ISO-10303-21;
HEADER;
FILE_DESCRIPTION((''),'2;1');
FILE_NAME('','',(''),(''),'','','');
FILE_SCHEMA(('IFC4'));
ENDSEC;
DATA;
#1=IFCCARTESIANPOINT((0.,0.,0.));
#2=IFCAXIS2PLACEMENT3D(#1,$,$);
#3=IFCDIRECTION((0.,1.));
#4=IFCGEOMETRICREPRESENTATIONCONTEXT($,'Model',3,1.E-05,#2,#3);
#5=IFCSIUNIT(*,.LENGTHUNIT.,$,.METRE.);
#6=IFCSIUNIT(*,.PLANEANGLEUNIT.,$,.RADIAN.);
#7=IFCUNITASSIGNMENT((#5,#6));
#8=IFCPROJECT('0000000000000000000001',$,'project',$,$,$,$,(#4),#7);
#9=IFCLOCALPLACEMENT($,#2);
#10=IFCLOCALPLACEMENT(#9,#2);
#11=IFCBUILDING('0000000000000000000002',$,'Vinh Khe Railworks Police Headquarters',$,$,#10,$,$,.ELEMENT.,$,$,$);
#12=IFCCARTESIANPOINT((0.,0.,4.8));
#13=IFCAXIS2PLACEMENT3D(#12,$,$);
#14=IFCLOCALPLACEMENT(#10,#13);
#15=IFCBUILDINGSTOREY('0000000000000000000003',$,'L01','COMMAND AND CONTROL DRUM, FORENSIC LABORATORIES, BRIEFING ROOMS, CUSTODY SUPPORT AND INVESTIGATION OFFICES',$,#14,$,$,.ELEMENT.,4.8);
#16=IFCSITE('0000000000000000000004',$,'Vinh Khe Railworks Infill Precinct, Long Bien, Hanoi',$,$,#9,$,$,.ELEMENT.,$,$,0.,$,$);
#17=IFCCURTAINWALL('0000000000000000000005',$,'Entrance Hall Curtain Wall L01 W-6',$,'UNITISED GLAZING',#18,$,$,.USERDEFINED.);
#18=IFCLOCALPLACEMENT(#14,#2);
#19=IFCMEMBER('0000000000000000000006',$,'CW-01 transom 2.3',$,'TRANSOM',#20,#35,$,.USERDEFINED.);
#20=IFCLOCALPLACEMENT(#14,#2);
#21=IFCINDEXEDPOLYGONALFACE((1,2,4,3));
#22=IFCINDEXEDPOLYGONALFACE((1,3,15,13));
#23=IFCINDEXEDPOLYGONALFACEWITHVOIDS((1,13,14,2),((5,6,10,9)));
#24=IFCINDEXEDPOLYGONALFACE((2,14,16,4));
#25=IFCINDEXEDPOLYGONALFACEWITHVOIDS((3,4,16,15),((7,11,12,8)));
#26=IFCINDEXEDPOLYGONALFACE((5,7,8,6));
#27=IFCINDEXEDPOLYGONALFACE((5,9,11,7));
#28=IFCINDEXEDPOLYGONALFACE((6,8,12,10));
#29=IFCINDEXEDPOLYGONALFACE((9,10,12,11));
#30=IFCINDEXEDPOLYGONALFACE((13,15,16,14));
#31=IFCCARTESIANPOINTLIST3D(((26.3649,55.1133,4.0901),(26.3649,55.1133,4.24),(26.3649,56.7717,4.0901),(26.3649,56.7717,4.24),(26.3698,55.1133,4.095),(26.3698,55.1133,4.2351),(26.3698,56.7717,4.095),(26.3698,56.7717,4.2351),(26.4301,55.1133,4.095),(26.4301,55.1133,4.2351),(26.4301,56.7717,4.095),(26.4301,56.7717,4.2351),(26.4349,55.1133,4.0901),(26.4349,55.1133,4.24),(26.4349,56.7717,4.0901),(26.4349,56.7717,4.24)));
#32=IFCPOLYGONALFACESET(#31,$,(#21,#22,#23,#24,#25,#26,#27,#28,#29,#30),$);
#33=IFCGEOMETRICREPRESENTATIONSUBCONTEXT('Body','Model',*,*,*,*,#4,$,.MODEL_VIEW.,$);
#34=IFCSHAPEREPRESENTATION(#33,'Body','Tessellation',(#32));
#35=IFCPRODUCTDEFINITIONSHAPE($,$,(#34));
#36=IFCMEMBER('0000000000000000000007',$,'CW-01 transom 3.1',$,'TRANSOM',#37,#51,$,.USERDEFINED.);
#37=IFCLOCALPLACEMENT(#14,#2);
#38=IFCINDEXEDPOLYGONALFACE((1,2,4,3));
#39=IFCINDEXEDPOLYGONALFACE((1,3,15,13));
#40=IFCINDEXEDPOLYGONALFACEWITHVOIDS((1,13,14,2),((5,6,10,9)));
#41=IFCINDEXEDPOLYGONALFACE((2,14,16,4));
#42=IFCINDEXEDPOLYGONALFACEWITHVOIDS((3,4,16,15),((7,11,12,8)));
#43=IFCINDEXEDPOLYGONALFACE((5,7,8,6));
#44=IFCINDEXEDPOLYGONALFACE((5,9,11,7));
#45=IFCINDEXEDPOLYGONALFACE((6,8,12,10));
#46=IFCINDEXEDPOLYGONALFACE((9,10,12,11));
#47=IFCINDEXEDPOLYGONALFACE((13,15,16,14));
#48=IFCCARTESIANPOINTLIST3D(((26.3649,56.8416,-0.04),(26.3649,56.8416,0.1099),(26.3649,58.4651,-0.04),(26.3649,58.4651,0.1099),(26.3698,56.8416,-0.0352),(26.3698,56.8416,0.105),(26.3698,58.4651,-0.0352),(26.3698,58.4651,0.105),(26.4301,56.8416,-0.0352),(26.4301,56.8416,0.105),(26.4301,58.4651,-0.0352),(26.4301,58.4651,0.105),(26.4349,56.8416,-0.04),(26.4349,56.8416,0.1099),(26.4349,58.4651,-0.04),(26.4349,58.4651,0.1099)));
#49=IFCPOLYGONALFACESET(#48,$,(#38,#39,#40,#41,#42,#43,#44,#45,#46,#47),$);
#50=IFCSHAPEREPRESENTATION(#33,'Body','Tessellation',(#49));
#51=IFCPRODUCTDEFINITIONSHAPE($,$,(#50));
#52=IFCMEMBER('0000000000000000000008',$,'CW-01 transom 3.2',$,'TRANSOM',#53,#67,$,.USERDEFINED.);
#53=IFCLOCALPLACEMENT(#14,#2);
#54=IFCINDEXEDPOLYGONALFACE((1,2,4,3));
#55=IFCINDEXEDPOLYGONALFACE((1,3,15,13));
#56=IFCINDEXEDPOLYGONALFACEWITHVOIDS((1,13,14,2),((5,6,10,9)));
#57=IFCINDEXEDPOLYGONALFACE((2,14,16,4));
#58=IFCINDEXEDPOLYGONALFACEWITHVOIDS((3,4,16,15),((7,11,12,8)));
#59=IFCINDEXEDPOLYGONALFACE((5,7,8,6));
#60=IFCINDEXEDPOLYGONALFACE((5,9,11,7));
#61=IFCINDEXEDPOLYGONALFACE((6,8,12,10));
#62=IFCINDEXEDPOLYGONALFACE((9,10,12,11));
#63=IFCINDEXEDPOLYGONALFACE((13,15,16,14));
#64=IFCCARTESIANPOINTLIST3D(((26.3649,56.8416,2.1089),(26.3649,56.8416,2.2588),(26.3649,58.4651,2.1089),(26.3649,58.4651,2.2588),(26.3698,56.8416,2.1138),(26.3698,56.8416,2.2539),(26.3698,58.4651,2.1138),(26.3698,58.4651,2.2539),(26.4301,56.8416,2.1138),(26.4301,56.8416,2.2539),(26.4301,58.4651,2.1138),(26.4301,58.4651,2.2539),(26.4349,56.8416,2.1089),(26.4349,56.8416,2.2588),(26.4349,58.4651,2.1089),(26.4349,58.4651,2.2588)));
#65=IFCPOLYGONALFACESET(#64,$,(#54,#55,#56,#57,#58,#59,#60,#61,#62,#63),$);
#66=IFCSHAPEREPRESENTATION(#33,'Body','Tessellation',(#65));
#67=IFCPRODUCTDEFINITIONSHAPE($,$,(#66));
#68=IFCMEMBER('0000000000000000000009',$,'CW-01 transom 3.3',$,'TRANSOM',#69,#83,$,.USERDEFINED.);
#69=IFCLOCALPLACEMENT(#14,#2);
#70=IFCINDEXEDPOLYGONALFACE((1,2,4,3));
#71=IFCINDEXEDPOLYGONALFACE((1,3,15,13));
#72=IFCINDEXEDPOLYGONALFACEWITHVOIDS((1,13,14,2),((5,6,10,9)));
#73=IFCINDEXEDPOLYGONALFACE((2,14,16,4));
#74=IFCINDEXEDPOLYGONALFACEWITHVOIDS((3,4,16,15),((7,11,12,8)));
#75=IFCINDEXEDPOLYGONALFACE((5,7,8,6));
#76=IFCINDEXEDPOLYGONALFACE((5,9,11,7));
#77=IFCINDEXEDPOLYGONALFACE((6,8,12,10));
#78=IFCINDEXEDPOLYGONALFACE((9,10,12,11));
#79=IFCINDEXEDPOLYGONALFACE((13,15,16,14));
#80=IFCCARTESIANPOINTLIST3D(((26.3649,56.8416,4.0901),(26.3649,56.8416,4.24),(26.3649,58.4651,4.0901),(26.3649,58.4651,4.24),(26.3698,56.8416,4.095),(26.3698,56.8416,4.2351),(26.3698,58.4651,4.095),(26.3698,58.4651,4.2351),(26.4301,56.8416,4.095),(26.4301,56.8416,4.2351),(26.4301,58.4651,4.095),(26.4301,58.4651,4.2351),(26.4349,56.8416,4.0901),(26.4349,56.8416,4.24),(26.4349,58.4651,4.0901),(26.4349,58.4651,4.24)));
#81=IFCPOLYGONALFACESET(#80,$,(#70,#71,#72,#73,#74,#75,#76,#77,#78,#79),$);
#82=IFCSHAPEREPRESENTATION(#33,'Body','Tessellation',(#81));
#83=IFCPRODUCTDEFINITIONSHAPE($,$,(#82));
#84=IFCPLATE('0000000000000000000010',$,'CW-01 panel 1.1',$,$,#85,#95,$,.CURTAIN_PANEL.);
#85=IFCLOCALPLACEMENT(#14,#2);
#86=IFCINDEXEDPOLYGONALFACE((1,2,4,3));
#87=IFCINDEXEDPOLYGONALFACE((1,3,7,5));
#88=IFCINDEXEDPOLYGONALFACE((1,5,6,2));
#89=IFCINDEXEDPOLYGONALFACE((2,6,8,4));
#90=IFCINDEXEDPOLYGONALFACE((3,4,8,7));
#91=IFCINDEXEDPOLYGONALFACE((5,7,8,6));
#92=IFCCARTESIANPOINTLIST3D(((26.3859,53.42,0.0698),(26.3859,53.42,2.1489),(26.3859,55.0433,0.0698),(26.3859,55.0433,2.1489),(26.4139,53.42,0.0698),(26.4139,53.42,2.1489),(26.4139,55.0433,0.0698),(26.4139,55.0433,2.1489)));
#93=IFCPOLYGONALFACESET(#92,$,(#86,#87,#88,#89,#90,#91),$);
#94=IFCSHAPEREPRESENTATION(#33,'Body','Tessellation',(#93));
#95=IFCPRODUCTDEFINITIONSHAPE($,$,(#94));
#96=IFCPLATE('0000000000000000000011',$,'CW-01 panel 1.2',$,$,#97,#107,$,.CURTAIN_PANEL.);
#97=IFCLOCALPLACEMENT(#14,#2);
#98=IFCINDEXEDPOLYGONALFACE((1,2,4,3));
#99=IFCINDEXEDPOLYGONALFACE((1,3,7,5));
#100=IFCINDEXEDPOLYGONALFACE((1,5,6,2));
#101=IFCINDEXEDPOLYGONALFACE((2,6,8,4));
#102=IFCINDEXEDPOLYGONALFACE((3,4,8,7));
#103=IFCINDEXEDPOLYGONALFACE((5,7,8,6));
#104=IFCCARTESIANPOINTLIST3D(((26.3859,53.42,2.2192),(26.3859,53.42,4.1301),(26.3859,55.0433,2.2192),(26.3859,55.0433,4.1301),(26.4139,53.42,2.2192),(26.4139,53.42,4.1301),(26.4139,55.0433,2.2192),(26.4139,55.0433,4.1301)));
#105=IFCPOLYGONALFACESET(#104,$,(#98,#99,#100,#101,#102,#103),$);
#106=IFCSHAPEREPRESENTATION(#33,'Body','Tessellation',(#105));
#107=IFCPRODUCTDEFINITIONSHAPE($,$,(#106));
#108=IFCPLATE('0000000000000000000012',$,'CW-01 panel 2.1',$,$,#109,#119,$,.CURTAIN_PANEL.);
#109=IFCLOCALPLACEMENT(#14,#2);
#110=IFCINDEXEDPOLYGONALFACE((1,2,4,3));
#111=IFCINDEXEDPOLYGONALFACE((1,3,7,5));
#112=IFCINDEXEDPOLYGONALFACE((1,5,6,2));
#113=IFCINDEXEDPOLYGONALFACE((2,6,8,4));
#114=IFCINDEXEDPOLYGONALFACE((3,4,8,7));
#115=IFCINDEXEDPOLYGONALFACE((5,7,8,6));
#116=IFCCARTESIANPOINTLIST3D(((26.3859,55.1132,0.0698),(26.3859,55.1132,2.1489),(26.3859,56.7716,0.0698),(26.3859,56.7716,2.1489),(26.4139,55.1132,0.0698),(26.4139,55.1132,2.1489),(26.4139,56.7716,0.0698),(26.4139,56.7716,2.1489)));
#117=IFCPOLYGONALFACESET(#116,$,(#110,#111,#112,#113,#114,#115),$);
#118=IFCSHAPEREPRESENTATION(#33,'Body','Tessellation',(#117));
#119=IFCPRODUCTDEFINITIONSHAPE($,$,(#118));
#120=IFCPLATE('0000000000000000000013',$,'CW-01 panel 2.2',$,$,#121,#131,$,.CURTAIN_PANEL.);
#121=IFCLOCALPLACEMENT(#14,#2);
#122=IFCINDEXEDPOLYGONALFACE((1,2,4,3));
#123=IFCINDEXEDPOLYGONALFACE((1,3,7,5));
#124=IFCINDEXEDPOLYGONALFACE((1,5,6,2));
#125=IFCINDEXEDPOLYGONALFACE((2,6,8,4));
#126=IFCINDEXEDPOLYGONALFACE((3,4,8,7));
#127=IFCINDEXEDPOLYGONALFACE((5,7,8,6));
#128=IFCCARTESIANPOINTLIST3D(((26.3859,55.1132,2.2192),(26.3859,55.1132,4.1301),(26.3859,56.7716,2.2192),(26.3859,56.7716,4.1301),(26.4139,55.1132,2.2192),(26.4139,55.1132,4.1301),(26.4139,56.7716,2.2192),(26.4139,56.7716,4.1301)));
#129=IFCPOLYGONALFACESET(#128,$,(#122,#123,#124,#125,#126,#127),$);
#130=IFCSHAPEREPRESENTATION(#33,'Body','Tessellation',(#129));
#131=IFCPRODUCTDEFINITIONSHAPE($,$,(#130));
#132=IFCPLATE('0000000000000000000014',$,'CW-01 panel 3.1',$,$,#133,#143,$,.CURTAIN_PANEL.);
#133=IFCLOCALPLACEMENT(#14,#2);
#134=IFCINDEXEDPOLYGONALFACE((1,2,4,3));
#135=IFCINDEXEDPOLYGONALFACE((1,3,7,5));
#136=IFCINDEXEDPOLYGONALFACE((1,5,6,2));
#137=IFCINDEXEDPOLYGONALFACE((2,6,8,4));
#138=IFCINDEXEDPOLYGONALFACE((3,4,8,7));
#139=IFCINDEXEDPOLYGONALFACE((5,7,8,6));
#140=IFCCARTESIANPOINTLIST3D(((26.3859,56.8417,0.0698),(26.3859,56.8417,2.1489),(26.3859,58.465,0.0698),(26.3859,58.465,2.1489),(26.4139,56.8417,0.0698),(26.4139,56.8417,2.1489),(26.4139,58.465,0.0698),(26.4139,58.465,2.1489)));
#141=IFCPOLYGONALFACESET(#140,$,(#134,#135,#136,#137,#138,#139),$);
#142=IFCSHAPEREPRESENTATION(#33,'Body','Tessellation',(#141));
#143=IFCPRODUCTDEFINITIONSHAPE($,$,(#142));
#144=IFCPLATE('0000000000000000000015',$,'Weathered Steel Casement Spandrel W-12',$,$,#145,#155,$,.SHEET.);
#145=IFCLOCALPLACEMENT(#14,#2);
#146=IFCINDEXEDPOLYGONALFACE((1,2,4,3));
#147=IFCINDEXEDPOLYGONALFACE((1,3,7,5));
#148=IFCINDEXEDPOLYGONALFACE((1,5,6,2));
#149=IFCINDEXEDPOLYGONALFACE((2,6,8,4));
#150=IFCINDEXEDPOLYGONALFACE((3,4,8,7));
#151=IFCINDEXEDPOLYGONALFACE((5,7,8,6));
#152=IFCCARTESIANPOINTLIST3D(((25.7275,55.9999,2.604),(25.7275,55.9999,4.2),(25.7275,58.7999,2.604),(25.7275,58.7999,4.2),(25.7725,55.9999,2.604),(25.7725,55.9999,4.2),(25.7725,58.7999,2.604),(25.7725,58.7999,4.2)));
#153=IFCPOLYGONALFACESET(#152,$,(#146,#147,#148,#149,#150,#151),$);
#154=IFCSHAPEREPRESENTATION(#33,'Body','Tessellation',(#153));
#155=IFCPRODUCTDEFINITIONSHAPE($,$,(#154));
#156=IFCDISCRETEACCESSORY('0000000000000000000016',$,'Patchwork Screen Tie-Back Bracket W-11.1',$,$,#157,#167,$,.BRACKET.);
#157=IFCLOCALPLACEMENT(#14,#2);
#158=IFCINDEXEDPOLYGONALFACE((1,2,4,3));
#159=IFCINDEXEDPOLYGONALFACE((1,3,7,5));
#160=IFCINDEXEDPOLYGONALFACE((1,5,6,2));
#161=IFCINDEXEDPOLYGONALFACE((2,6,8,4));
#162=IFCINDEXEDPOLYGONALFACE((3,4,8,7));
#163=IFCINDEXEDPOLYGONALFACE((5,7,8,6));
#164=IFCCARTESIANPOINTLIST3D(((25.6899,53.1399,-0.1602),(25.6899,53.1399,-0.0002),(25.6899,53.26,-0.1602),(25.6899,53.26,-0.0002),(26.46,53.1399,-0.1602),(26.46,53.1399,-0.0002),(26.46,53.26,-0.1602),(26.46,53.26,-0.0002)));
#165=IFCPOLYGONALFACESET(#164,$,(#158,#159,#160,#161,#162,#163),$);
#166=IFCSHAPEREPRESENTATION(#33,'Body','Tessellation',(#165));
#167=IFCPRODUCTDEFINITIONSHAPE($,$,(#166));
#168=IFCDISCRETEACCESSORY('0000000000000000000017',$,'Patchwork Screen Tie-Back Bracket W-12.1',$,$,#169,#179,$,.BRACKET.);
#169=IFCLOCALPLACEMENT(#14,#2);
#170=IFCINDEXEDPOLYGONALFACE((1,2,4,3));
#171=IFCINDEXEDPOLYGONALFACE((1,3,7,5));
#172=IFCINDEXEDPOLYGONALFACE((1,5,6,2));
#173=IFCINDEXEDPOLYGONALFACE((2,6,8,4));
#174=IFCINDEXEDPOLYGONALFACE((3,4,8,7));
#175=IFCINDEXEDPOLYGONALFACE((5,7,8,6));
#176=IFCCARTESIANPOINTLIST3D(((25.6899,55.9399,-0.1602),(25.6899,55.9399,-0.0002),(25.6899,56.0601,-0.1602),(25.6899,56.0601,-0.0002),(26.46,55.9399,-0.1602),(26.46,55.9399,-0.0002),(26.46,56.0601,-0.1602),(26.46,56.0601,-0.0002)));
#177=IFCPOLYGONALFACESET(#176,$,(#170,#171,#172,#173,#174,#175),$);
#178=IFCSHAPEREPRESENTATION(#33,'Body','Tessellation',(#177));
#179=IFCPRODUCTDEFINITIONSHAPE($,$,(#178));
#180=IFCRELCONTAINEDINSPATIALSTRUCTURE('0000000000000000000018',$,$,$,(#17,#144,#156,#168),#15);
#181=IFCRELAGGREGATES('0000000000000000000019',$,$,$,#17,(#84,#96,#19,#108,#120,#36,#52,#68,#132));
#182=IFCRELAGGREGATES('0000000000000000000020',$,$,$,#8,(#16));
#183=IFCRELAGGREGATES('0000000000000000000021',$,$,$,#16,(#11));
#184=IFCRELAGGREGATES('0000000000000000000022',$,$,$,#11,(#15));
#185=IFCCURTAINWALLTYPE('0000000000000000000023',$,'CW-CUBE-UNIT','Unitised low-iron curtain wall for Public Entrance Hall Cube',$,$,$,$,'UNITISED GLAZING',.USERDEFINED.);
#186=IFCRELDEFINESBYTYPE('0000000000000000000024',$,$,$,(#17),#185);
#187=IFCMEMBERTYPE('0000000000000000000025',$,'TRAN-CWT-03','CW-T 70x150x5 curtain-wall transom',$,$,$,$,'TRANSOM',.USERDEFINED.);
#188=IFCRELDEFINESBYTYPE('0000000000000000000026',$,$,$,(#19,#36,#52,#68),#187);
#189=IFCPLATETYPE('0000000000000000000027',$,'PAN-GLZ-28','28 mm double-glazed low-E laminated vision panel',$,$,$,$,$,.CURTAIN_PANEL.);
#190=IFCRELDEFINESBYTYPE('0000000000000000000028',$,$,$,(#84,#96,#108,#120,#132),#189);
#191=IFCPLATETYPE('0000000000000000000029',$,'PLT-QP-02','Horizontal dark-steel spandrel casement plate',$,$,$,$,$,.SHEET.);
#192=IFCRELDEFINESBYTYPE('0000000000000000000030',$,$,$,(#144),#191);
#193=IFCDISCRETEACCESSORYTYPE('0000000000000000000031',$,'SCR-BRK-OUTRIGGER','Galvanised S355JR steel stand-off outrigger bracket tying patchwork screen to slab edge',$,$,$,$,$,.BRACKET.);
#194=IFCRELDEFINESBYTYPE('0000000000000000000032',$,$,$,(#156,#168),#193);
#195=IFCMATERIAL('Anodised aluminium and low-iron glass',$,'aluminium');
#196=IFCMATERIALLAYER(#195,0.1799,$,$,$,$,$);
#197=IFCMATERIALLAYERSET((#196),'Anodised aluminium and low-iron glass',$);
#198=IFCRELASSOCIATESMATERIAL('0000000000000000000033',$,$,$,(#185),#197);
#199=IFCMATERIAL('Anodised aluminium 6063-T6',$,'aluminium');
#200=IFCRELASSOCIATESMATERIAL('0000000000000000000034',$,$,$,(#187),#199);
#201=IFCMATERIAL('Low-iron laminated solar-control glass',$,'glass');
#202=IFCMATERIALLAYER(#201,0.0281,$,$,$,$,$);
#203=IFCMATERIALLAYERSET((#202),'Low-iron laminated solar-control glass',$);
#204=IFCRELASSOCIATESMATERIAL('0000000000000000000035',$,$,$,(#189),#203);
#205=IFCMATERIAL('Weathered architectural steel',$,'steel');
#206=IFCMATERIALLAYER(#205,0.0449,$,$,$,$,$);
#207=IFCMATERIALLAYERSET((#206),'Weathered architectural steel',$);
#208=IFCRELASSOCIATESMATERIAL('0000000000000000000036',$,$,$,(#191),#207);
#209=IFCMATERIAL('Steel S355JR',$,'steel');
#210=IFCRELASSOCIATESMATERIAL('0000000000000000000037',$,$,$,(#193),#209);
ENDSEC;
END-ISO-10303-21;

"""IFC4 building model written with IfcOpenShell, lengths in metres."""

from ifc_helpers import new_model, si_unit, direction, frame, origin, origin_2d, place, context, subcontext, project, spatial, rectangle, hollow_rectangle, extrude, material, layer, layer_set, material_profile, profile_set, type_object, element, aggregate, save


model = new_model("IFC4")

# Units and contexts
model_context = context("Model", 3, precision=1e-05, world=origin(), true_north=direction((0.0, 1.0)))
body_context = subcontext(model_context, "Body", "Model", "MODEL_VIEW")
ifc_project = project(units=[si_unit("LENGTHUNIT", "METRE"), si_unit("PLANEANGLEUNIT", "RADIAN")], contexts=[model_context])

# Site, building, storey
site_placement = place(None, origin())
site = spatial("IfcSite", under=ifc_project, at=site_placement, Name="Vinh Khe Railworks Infill Precinct, Long Bien, Hanoi", CompositionType="ELEMENT", RefElevation=0.0)
building_placement = place(site_placement, origin())
building = spatial("IfcBuilding", under=site, at=building_placement, Name="Vinh Khe Railworks Police Headquarters", CompositionType="ELEMENT")
storey_placement = place(building_placement, frame((0.0, 0.0, 4.8)))
storey = spatial("IfcBuildingStorey", under=building, at=storey_placement, Name="L01", Description="COMMAND AND CONTROL DRUM, FORENSIC LABORATORIES, BRIEFING ROOMS, CUSTODY SUPPORT AND INVESTIGATION OFFICES", CompositionType="ELEMENT", Elevation=4.8)

# Curtain wall
ifc_material_1 = material(Name="Anodised aluminium and low-iron glass", Category="aluminium")
ifc_layer_1 = layer(ifc_material_1, 0.1799)
ifc_layer_set_1 = layer_set([ifc_layer_1], Name="Anodised aluminium and low-iron glass")
curtain_wall_type = type_object("IfcCurtainWallType", Name="CW-CUBE-UNIT", Description="Unitised low-iron curtain wall for Public Entrance Hall Cube", ElementType="UNITISED GLAZING", PredefinedType="USERDEFINED", material=ifc_layer_set_1)
curtain_wall_placement = place(storey_placement, origin())
curtain_wall = element("IfcCurtainWall", 1, at=curtain_wall_placement, inside=storey, type_object=curtain_wall_type, Name="Entrance Hall Curtain Wall L01 W-6", ObjectType="UNITISED GLAZING", PredefinedType="USERDEFINED")
ifc_material_2 = material(Name="Anodised aluminium 6063-T6", Category="aluminium")

# Shared definitions
ifc_material_3 = material(Name="Steel S355JR", Category="steel")

# Members
ifc_material_profile_1 = material_profile(ifc_material_2, hollow_rectangle(XDim=0.0701, YDim=0.1499, WallThickness=0.0049, at=origin_2d()), Name="CW-T 70x150x5")
ifc_profile_set_1 = profile_set([ifc_material_profile_1], Name="Anodised aluminium 6063-T6")
member_type_1 = type_object("IfcMemberType", Name="TRAN-CWT-03", Description="CW-T 70x150x5 curtain-wall transom", ElementType="TRANSOM", PredefinedType="USERDEFINED", material=ifc_profile_set_1)
member_1_placement = place(storey_placement, frame((26.3999, 55.1133, 4.165), z_axis=(0.0, 1.0, 0.0), x_axis=(-1.0, 0.0, 0.0)))
member_1 = element("IfcMember", 2, at=member_1_placement, type_object=member_type_1, Name="CW-01 transom 2.3", ObjectType="TRANSOM", PredefinedType="USERDEFINED", context=body_context, shape_type="SweptSolid", body=[
    extrude(hollow_rectangle(XDim=0.0701, YDim=0.1499, WallThickness=0.0049, at=origin_2d()), origin(), (0.0, 0.0, 1.0), 1.6584),
])
member_2_placement = place(storey_placement, frame((26.3999, 56.8416, 0.0349), z_axis=(0.0, 1.0, 0.0), x_axis=(-1.0, 0.0, 0.0)))
member_2 = element("IfcMember", 3, at=member_2_placement, type_object=member_type_1, Name="CW-01 transom 3.1", ObjectType="TRANSOM", PredefinedType="USERDEFINED", context=body_context, shape_type="SweptSolid", body=[
    extrude(hollow_rectangle(XDim=0.0701, YDim=0.1499, WallThickness=0.0049, at=origin_2d()), origin(), (0.0, 0.0, 1.0), 1.6235),
])
member_3_placement = place(storey_placement, frame((26.3999, 56.8416, 2.1838), z_axis=(0.0, 1.0, 0.0), x_axis=(-1.0, 0.0, 0.0)))
member_3 = element("IfcMember", 4, at=member_3_placement, type_object=member_type_1, Name="CW-01 transom 3.2", ObjectType="TRANSOM", PredefinedType="USERDEFINED", context=body_context, shape_type="SweptSolid", body=[
    extrude(hollow_rectangle(XDim=0.0701, YDim=0.1499, WallThickness=0.0049, at=origin_2d()), origin(), (0.0, 0.0, 1.0), 1.6235),
])
member_4_placement = place(storey_placement, frame((26.3999, 56.8416, 4.165), z_axis=(0.0, 1.0, 0.0), x_axis=(-1.0, 0.0, 0.0)))
member_4 = element("IfcMember", 5, at=member_4_placement, type_object=member_type_1, Name="CW-01 transom 3.3", ObjectType="TRANSOM", PredefinedType="USERDEFINED", context=body_context, shape_type="SweptSolid", body=[
    extrude(hollow_rectangle(XDim=0.0701, YDim=0.1499, WallThickness=0.0049, at=origin_2d()), origin(), (0.0, 0.0, 1.0), 1.6235),
])

# Plates
ifc_material_4 = material(Name="Low-iron laminated solar-control glass", Category="glass")
ifc_layer_2 = layer(ifc_material_4, 0.0281)
ifc_layer_set_2 = layer_set([ifc_layer_2], Name="Low-iron laminated solar-control glass")
plate_type_1 = type_object("IfcPlateType", Name="PAN-GLZ-28", Description="28 mm double-glazed low-E laminated vision panel", PredefinedType="CURTAIN_PANEL", material=ifc_layer_set_2)
plate_1_placement = place(storey_placement, frame((26.3999, 54.2317, 0.0698), z_axis=(0.0, 0.0, 1.0), x_axis=(0.0, 1.0, 0.0)))
plate_1 = element("IfcPlate", 6, at=plate_1_placement, type_object=plate_type_1, Name="CW-01 panel 1.1", PredefinedType="CURTAIN_PANEL", context=body_context, shape_type="SweptSolid", body=[
    extrude(rectangle(XDim=1.6233, YDim=0.0281, at=origin_2d()), origin(), (0.0, 0.0, 1.0), 2.0791),
])
plate_2_placement = place(storey_placement, frame((26.3999, 54.2317, 2.2192), z_axis=(0.0, 0.0, 1.0), x_axis=(0.0, 1.0, 0.0)))
plate_2 = element("IfcPlate", 7, at=plate_2_placement, type_object=plate_type_1, Name="CW-01 panel 1.2", PredefinedType="CURTAIN_PANEL", context=body_context, shape_type="SweptSolid", body=[
    extrude(rectangle(XDim=1.6233, YDim=0.0281, at=origin_2d()), origin(), (0.0, 0.0, 1.0), 1.9109),
])
plate_3_placement = place(storey_placement, frame((26.3999, 55.9424, 0.0698), z_axis=(0.0, 0.0, 1.0), x_axis=(0.0, 1.0, 0.0)))
plate_3 = element("IfcPlate", 8, at=plate_3_placement, type_object=plate_type_1, Name="CW-01 panel 2.1", PredefinedType="CURTAIN_PANEL", context=body_context, shape_type="SweptSolid", body=[
    extrude(rectangle(XDim=1.6584, YDim=0.0281, at=origin_2d()), origin(), (0.0, 0.0, 1.0), 2.0791),
])
plate_4_placement = place(storey_placement, frame((26.3999, 55.9424, 2.2192), z_axis=(0.0, 0.0, 1.0), x_axis=(0.0, 1.0, 0.0)))
plate_4 = element("IfcPlate", 9, at=plate_4_placement, type_object=plate_type_1, Name="CW-01 panel 2.2", PredefinedType="CURTAIN_PANEL", context=body_context, shape_type="SweptSolid", body=[
    extrude(rectangle(XDim=1.6584, YDim=0.0281, at=origin_2d()), origin(), (0.0, 0.0, 1.0), 1.9109),
])
plate_5_placement = place(storey_placement, frame((26.3999, 57.6533, 0.0698), z_axis=(0.0, 0.0, 1.0), x_axis=(0.0, 1.0, 0.0)))
plate_5 = element("IfcPlate", 10, at=plate_5_placement, type_object=plate_type_1, Name="CW-01 panel 3.1", PredefinedType="CURTAIN_PANEL", context=body_context, shape_type="SweptSolid", body=[
    extrude(rectangle(XDim=1.6233, YDim=0.0281, at=origin_2d()), origin(), (0.0, 0.0, 1.0), 2.0791),
])
aggregate(curtain_wall, [plate_1, plate_2, member_1, plate_3, plate_4, member_2, member_3, member_4, plate_5])
ifc_material_5 = material(Name="Weathered architectural steel", Category="steel")
ifc_layer_3 = layer(ifc_material_5, 0.0449)
ifc_layer_set_3 = layer_set([ifc_layer_3], Name="Weathered architectural steel")
plate_type_2 = type_object("IfcPlateType", Name="PLT-QP-02", Description="Horizontal dark-steel spandrel casement plate", PredefinedType="SHEET", material=ifc_layer_set_3)
plate_6_placement = place(storey_placement, frame((25.75, 57.3999, 2.604), z_axis=(0.0, 0.0, 1.0), x_axis=(0.0, 1.0, 0.0)))
element("IfcPlate", 11, at=plate_6_placement, inside=storey, type_object=plate_type_2, Name="Weathered Steel Casement Spandrel W-12", PredefinedType="SHEET", context=body_context, shape_type="SweptSolid", body=[
    extrude(rectangle(XDim=2.8, YDim=0.0449, at=origin_2d()), origin(), (0.0, 0.0, 1.0), 1.5959),
])

# Discrete accessories
discrete_accessory_type = type_object("IfcDiscreteAccessoryType", Name="SCR-BRK-OUTRIGGER", Description="Galvanised S355JR steel stand-off outrigger bracket tying patchwork screen to slab edge", PredefinedType="BRACKET", material=ifc_material_3)
for number, where, z_axis, x_axis, name in (
    (12, (26.075, 53.2, -0.1602), (0.0, 0.0, 1.0), (1.0, 0.0, 0.0), "Patchwork Screen Tie-Back Bracket W-11.1"),
    (13, (26.075, 56.0, -0.1602), (0.0, 0.0, 1.0), (1.0, 0.0, 0.0), "Patchwork Screen Tie-Back Bracket W-12.1"),
):
    element("IfcDiscreteAccessory", number, at=place(storey_placement, frame(where, z_axis=z_axis, x_axis=x_axis)), inside=storey, type_object=discrete_accessory_type, Name=name, PredefinedType="BRACKET", context=body_context, shape_type="SweptSolid", body=[
        extrude(rectangle(XDim=0.77, YDim=0.1201, at=origin_2d()), origin(), (0.0, 0.0, 1.0), 0.1599),
    ])

save(model, "model.ifc")
